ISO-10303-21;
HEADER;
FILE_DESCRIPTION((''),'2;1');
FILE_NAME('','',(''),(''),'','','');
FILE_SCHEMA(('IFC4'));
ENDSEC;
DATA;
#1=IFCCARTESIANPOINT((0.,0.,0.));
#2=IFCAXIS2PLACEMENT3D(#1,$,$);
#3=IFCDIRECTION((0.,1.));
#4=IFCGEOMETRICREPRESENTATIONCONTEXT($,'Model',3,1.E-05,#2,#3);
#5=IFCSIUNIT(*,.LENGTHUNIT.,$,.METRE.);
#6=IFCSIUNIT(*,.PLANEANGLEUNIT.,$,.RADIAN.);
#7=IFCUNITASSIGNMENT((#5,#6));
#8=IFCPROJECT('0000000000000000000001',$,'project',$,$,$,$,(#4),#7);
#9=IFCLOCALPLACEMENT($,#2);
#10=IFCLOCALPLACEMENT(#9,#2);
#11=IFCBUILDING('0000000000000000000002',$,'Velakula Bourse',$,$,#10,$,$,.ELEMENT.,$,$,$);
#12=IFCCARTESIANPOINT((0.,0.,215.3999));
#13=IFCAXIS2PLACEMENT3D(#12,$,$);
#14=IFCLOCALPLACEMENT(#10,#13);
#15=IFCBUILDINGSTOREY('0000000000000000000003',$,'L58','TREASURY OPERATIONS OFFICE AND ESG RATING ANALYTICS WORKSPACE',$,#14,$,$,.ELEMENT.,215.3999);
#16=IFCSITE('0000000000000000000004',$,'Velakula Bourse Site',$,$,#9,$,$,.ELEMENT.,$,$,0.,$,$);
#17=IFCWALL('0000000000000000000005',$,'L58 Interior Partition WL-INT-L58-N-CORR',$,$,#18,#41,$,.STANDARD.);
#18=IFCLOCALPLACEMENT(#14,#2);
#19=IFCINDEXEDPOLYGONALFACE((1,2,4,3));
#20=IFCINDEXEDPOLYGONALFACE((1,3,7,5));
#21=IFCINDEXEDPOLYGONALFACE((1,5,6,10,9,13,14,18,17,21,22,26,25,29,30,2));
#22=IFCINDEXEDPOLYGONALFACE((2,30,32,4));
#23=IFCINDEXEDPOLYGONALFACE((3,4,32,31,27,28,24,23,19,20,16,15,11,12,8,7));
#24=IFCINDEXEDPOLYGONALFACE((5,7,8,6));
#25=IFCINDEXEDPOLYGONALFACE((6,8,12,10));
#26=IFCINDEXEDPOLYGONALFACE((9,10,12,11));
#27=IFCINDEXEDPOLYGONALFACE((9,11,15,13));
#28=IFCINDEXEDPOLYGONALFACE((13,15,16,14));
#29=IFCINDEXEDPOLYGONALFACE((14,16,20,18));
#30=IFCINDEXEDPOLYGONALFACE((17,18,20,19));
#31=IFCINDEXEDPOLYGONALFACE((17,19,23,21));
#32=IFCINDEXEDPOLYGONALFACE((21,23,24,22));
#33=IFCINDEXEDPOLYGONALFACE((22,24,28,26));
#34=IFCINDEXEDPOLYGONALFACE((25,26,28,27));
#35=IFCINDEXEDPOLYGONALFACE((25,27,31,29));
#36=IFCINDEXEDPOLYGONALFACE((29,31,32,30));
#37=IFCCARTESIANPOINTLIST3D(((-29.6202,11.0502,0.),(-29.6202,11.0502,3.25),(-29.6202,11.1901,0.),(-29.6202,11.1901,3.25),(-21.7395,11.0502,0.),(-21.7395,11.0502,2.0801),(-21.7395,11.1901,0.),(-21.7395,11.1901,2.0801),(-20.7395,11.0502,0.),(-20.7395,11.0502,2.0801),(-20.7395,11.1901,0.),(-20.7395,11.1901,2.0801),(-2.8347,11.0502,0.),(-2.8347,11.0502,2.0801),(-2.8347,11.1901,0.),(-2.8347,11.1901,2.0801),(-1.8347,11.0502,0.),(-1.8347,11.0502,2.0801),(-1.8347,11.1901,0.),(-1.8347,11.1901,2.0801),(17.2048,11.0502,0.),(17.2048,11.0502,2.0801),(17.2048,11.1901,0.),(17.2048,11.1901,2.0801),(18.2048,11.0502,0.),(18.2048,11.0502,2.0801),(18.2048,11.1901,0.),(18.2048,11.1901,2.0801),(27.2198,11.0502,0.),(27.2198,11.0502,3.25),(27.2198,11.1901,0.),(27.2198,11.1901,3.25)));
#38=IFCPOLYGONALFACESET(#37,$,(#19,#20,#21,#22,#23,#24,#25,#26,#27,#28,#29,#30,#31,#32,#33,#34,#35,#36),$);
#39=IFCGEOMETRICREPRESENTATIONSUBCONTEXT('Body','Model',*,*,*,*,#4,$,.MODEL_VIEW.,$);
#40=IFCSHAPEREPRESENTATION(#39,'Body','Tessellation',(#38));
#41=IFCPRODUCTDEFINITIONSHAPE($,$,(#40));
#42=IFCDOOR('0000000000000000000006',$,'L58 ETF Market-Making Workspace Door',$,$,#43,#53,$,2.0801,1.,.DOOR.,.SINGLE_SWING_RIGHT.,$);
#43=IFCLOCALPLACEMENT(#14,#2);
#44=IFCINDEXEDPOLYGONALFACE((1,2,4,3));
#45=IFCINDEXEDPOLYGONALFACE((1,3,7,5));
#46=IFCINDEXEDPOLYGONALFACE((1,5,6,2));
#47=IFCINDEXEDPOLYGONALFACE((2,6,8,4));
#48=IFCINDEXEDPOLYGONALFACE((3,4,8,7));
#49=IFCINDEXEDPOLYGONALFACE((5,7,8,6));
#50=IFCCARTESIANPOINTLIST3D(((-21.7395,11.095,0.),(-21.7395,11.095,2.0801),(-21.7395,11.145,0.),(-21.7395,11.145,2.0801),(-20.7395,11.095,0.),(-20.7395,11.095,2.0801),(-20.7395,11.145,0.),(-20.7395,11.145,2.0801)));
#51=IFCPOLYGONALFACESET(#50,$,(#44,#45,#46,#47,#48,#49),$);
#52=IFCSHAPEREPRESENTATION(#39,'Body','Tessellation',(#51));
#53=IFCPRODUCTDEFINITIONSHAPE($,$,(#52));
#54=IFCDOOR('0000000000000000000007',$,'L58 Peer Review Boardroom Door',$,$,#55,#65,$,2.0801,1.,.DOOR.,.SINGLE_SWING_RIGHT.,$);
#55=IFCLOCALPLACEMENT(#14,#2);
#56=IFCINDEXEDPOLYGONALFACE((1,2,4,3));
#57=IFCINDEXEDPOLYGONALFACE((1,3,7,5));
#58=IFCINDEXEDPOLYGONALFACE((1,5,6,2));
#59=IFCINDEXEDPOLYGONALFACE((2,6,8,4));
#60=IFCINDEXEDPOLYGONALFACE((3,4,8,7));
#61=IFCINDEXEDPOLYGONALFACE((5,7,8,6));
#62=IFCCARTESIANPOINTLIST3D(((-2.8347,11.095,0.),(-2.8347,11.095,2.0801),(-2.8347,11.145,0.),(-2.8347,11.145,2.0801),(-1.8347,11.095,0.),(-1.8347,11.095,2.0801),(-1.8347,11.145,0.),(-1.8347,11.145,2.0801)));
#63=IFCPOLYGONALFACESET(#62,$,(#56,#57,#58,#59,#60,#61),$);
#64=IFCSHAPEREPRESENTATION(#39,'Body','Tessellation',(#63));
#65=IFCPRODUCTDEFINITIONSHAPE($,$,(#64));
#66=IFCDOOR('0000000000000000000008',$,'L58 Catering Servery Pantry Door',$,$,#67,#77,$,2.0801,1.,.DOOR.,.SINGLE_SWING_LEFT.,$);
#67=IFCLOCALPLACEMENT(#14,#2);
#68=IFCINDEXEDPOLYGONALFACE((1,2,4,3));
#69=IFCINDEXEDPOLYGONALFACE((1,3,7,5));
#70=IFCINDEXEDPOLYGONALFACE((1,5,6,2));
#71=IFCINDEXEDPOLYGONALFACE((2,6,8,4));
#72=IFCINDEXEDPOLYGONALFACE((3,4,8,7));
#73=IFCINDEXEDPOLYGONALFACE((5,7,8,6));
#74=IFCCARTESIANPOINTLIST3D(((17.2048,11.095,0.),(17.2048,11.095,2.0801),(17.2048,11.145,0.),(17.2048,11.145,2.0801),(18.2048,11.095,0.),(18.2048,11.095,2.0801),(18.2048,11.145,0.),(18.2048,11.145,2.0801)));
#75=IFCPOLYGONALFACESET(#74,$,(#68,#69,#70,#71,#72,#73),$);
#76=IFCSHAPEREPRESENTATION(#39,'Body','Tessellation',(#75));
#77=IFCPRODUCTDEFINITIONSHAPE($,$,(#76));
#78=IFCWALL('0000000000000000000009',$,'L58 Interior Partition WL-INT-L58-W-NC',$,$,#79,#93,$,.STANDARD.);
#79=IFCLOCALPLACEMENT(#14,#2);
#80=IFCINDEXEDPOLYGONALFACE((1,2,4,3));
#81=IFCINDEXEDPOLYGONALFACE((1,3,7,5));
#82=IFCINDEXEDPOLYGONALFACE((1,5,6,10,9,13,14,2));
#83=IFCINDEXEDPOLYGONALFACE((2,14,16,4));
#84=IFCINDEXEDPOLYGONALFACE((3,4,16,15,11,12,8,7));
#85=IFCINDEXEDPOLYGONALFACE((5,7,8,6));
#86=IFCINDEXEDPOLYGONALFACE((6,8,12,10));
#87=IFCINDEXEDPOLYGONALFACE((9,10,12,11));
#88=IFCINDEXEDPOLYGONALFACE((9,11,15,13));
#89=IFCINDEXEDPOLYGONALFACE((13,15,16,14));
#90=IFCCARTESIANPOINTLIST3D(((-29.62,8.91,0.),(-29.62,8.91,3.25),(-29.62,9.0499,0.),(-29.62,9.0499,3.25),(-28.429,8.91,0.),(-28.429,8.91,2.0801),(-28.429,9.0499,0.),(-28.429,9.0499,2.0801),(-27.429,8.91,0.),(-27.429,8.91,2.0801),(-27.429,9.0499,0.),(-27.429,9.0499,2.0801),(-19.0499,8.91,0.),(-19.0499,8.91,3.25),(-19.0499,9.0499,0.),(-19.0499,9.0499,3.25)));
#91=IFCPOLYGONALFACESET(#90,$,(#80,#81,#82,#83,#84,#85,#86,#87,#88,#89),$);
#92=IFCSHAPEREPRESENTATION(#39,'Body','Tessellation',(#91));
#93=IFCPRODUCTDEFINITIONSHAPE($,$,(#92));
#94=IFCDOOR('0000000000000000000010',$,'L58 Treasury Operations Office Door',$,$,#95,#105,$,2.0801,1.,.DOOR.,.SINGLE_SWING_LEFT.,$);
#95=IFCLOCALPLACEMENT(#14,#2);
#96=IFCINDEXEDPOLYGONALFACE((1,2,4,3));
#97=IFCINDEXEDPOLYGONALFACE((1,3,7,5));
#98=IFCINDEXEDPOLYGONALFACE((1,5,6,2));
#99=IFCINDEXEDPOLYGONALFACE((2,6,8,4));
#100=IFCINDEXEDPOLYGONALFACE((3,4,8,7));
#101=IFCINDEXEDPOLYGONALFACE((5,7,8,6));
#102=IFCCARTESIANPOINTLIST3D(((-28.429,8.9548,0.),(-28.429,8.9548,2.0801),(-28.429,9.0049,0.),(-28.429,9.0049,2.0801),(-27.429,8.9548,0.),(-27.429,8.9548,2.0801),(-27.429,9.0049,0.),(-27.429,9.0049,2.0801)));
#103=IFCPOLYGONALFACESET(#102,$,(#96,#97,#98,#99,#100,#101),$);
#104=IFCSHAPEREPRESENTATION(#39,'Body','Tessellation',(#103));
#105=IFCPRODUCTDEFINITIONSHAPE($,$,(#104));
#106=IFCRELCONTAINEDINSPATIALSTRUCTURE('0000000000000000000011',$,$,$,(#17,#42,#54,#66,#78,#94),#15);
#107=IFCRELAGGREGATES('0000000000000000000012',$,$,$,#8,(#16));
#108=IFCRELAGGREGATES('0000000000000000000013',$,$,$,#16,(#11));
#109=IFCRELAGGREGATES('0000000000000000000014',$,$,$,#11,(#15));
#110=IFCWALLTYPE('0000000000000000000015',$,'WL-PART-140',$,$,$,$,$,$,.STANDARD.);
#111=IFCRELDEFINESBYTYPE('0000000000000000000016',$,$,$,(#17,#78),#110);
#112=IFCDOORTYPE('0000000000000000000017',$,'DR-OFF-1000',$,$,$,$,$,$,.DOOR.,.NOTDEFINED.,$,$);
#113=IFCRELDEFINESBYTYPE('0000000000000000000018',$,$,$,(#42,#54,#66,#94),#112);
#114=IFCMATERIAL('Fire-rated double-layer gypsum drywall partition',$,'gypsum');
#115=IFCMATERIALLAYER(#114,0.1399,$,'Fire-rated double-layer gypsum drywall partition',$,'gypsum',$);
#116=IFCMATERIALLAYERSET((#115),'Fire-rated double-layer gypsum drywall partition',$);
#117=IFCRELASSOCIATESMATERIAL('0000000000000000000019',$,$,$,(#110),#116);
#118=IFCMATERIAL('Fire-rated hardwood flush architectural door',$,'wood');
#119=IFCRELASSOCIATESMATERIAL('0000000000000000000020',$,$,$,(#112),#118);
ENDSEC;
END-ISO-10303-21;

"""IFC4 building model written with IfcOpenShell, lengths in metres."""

from ifc_helpers import new_model, si_unit, direction, frame, frame_2d, origin, place, context, subcontext, project, spatial, rectangle, extrude, material, layer, layer_set, type_object, element, fill, save


model = new_model("IFC4")

# Units and contexts
model_context = context("Model", 3, precision=1e-05, world=origin(), true_north=direction((0.0, 1.0)))
body_context = subcontext(model_context, "Body", "Model", "MODEL_VIEW")
ifc_project = project(units=[si_unit("LENGTHUNIT", "METRE"), si_unit("PLANEANGLEUNIT", "RADIAN")], contexts=[model_context])

# Site, building, storey
site_placement = place(None, origin())
site = spatial("IfcSite", under=ifc_project, at=site_placement, Name="Velakula Bourse Site", CompositionType="ELEMENT", RefElevation=0.0)
building_placement = place(site_placement, origin())
building = spatial("IfcBuilding", under=site, at=building_placement, Name="Velakula Bourse", CompositionType="ELEMENT")
storey_placement = place(building_placement, frame((0.0, 0.0, 215.3999)))
storey = spatial("IfcBuildingStorey", under=building, at=storey_placement, Name="L58", Description="TREASURY OPERATIONS OFFICE AND ESG RATING ANALYTICS WORKSPACE", CompositionType="ELEMENT", Elevation=215.3999)

# Shared definitions
ifc_material_1 = material(Name="Fire-rated hardwood flush architectural door", Category="wood")

# Wall, openings, doors
ifc_material_2 = material(Name="Fire-rated double-layer gypsum drywall partition", Category="gypsum")
ifc_layer_1 = layer(ifc_material_2, 0.1399, Name="Fire-rated double-layer gypsum drywall partition", Category="gypsum")
ifc_layer_set_1 = layer_set([ifc_layer_1], Name="Fire-rated double-layer gypsum drywall partition")
wall_type_1 = type_object("IfcWallType", Name="WL-PART-140", PredefinedType="STANDARD", material=ifc_layer_set_1)
wall_1_placement = place(storey_placement, frame((-29.6201, 11.1201, 0.0), z_axis=(0.0, 0.0, 1.0), x_axis=(1.0, 0.0, 0.0)))
wall_1 = element("IfcWall", 1, at=wall_1_placement, inside=storey, type_object=wall_type_1, Name="L58 Interior Partition WL-INT-L58-N-CORR", PredefinedType="STANDARD", context=body_context, shape_type="SweptSolid", body=[
    extrude(rectangle(XDim=56.8401, YDim=0.1399, at=frame_2d((28.4199, 0.0))), origin(), (0.0, 0.0, 1.0), 3.25),
])
opening_1_placement = place(wall_1_placement, frame((7.8806, 0.0, 0.0)))
opening_1 = element("IfcOpeningElement", 2, at=opening_1_placement, cuts=wall_1, PredefinedType="OPENING", context=body_context, shape_type="SweptSolid", body=[
    extrude(rectangle(XDim=1.0, YDim=2.0801, at=frame_2d((0.5, 1.04))), frame((0.0, 0.0798, 0.0), z_axis=(0.0, -1.0, 0.0), x_axis=(1.0, 0.0, 0.0)), (0.0, 0.0, 1.0), 0.1599),
])
opening_2_placement = place(wall_1_placement, frame((26.7854, 0.0, 0.0)))
opening_2 = element("IfcOpeningElement", 3, at=opening_2_placement, cuts=wall_1, PredefinedType="OPENING", context=body_context, shape_type="SweptSolid", body=[
    extrude(rectangle(XDim=1.0, YDim=2.0801, at=frame_2d((0.5, 1.04))), frame((0.0, 0.0798, 0.0), z_axis=(0.0, -1.0, 0.0), x_axis=(1.0, 0.0, 0.0)), (0.0, 0.0, 1.0), 0.1599),
])
opening_3_placement = place(wall_1_placement, frame((46.825, 0.0, 0.0)))
opening_3 = element("IfcOpeningElement", 4, at=opening_3_placement, cuts=wall_1, PredefinedType="OPENING", context=body_context, shape_type="SweptSolid", body=[
    extrude(rectangle(XDim=1.0, YDim=2.0801, at=frame_2d((0.5, 1.04))), frame((0.0, 0.0798, 0.0), z_axis=(0.0, -1.0, 0.0), x_axis=(1.0, 0.0, 0.0)), (0.0, 0.0, 1.0), 0.1599),
])
door_type_1 = type_object("IfcDoorType", Name="DR-OFF-1000", OperationType="NOTDEFINED", PredefinedType="DOOR", material=ifc_material_1)
door_1_placement = place(opening_1_placement, origin())
door_1 = element("IfcDoor", 5, at=door_1_placement, inside=storey, type_object=door_type_1, Name="L58 ETF Market-Making Workspace Door", OperationType="SINGLE_SWING_RIGHT", OverallHeight=2.0801, OverallWidth=1.0, PredefinedType="DOOR", context=body_context, shape_type="SweptSolid", body=[
    extrude(rectangle(XDim=1.0, YDim=2.0801, at=frame_2d((0.5, 1.04))), frame((0.0, 0.0249, 0.0), z_axis=(0.0, -1.0, 0.0), x_axis=(1.0, 0.0, 0.0)), (0.0, 0.0, 1.0), 0.05),
])
fill(opening_1, door_1)
door_2_placement = place(opening_2_placement, origin())
door_2 = element("IfcDoor", 6, at=door_2_placement, inside=storey, type_object=door_type_1, Name="L58 Peer Review Boardroom Door", OperationType="SINGLE_SWING_RIGHT", OverallHeight=2.0801, OverallWidth=1.0, PredefinedType="DOOR", context=body_context, shape_type="SweptSolid", body=[
    extrude(rectangle(XDim=1.0, YDim=2.0801, at=frame_2d((0.5, 1.04))), frame((0.0, 0.0249, 0.0), z_axis=(0.0, -1.0, 0.0), x_axis=(1.0, 0.0, 0.0)), (0.0, 0.0, 1.0), 0.05),
])
fill(opening_2, door_2)
door_3_placement = place(opening_3_placement, origin())
door_3 = element("IfcDoor", 7, at=door_3_placement, inside=storey, type_object=door_type_1, Name="L58 Catering Servery Pantry Door", OperationType="SINGLE_SWING_LEFT", OverallHeight=2.0801, OverallWidth=1.0, PredefinedType="DOOR", context=body_context, shape_type="SweptSolid", body=[
    extrude(rectangle(XDim=1.0, YDim=2.0801, at=frame_2d((0.5, 1.04))), frame((0.0, 0.0249, 0.0), z_axis=(0.0, -1.0, 0.0), x_axis=(1.0, 0.0, 0.0)), (0.0, 0.0, 1.0), 0.05),
])
fill(opening_3, door_3)

# Wall, opening, door
wall_2_placement = place(storey_placement, frame((-29.6201, 8.98, 0.0), z_axis=(0.0, 0.0, 1.0), x_axis=(1.0, 0.0, 0.0)))
wall_2 = element("IfcWall", 8, at=wall_2_placement, inside=storey, type_object=wall_type_1, Name="L58 Interior Partition WL-INT-L58-W-NC", PredefinedType="STANDARD", context=body_context, shape_type="SweptSolid", body=[
    extrude(rectangle(XDim=10.5701, YDim=0.1399, at=frame_2d((5.2852, 0.0))), origin(), (0.0, 0.0, 1.0), 3.25),
])
opening_4_placement = place(wall_2_placement, frame((1.1912, 0.0, 0.0)))
opening_4 = element("IfcOpeningElement", 9, at=opening_4_placement, cuts=wall_2, PredefinedType="OPENING", context=body_context, shape_type="SweptSolid", body=[
    extrude(rectangle(XDim=1.0, YDim=2.0801, at=frame_2d((0.5, 1.04))), frame((0.0, 0.0798, 0.0), z_axis=(0.0, -1.0, 0.0), x_axis=(1.0, 0.0, 0.0)), (0.0, 0.0, 1.0), 0.1599),
])
door_4_placement = place(opening_4_placement, origin())
door_4 = element("IfcDoor", 10, at=door_4_placement, inside=storey, type_object=door_type_1, Name="L58 Treasury Operations Office Door", OperationType="SINGLE_SWING_LEFT", OverallHeight=2.0801, OverallWidth=1.0, PredefinedType="DOOR", context=body_context, shape_type="SweptSolid", body=[
    extrude(rectangle(XDim=1.0, YDim=2.0801, at=frame_2d((0.5, 1.04))), frame((0.0, 0.0249, 0.0), z_axis=(0.0, -1.0, 0.0), x_axis=(1.0, 0.0, 0.0)), (0.0, 0.0, 1.0), 0.05),
])
fill(opening_4, door_4)

save(model, "model.ifc")
